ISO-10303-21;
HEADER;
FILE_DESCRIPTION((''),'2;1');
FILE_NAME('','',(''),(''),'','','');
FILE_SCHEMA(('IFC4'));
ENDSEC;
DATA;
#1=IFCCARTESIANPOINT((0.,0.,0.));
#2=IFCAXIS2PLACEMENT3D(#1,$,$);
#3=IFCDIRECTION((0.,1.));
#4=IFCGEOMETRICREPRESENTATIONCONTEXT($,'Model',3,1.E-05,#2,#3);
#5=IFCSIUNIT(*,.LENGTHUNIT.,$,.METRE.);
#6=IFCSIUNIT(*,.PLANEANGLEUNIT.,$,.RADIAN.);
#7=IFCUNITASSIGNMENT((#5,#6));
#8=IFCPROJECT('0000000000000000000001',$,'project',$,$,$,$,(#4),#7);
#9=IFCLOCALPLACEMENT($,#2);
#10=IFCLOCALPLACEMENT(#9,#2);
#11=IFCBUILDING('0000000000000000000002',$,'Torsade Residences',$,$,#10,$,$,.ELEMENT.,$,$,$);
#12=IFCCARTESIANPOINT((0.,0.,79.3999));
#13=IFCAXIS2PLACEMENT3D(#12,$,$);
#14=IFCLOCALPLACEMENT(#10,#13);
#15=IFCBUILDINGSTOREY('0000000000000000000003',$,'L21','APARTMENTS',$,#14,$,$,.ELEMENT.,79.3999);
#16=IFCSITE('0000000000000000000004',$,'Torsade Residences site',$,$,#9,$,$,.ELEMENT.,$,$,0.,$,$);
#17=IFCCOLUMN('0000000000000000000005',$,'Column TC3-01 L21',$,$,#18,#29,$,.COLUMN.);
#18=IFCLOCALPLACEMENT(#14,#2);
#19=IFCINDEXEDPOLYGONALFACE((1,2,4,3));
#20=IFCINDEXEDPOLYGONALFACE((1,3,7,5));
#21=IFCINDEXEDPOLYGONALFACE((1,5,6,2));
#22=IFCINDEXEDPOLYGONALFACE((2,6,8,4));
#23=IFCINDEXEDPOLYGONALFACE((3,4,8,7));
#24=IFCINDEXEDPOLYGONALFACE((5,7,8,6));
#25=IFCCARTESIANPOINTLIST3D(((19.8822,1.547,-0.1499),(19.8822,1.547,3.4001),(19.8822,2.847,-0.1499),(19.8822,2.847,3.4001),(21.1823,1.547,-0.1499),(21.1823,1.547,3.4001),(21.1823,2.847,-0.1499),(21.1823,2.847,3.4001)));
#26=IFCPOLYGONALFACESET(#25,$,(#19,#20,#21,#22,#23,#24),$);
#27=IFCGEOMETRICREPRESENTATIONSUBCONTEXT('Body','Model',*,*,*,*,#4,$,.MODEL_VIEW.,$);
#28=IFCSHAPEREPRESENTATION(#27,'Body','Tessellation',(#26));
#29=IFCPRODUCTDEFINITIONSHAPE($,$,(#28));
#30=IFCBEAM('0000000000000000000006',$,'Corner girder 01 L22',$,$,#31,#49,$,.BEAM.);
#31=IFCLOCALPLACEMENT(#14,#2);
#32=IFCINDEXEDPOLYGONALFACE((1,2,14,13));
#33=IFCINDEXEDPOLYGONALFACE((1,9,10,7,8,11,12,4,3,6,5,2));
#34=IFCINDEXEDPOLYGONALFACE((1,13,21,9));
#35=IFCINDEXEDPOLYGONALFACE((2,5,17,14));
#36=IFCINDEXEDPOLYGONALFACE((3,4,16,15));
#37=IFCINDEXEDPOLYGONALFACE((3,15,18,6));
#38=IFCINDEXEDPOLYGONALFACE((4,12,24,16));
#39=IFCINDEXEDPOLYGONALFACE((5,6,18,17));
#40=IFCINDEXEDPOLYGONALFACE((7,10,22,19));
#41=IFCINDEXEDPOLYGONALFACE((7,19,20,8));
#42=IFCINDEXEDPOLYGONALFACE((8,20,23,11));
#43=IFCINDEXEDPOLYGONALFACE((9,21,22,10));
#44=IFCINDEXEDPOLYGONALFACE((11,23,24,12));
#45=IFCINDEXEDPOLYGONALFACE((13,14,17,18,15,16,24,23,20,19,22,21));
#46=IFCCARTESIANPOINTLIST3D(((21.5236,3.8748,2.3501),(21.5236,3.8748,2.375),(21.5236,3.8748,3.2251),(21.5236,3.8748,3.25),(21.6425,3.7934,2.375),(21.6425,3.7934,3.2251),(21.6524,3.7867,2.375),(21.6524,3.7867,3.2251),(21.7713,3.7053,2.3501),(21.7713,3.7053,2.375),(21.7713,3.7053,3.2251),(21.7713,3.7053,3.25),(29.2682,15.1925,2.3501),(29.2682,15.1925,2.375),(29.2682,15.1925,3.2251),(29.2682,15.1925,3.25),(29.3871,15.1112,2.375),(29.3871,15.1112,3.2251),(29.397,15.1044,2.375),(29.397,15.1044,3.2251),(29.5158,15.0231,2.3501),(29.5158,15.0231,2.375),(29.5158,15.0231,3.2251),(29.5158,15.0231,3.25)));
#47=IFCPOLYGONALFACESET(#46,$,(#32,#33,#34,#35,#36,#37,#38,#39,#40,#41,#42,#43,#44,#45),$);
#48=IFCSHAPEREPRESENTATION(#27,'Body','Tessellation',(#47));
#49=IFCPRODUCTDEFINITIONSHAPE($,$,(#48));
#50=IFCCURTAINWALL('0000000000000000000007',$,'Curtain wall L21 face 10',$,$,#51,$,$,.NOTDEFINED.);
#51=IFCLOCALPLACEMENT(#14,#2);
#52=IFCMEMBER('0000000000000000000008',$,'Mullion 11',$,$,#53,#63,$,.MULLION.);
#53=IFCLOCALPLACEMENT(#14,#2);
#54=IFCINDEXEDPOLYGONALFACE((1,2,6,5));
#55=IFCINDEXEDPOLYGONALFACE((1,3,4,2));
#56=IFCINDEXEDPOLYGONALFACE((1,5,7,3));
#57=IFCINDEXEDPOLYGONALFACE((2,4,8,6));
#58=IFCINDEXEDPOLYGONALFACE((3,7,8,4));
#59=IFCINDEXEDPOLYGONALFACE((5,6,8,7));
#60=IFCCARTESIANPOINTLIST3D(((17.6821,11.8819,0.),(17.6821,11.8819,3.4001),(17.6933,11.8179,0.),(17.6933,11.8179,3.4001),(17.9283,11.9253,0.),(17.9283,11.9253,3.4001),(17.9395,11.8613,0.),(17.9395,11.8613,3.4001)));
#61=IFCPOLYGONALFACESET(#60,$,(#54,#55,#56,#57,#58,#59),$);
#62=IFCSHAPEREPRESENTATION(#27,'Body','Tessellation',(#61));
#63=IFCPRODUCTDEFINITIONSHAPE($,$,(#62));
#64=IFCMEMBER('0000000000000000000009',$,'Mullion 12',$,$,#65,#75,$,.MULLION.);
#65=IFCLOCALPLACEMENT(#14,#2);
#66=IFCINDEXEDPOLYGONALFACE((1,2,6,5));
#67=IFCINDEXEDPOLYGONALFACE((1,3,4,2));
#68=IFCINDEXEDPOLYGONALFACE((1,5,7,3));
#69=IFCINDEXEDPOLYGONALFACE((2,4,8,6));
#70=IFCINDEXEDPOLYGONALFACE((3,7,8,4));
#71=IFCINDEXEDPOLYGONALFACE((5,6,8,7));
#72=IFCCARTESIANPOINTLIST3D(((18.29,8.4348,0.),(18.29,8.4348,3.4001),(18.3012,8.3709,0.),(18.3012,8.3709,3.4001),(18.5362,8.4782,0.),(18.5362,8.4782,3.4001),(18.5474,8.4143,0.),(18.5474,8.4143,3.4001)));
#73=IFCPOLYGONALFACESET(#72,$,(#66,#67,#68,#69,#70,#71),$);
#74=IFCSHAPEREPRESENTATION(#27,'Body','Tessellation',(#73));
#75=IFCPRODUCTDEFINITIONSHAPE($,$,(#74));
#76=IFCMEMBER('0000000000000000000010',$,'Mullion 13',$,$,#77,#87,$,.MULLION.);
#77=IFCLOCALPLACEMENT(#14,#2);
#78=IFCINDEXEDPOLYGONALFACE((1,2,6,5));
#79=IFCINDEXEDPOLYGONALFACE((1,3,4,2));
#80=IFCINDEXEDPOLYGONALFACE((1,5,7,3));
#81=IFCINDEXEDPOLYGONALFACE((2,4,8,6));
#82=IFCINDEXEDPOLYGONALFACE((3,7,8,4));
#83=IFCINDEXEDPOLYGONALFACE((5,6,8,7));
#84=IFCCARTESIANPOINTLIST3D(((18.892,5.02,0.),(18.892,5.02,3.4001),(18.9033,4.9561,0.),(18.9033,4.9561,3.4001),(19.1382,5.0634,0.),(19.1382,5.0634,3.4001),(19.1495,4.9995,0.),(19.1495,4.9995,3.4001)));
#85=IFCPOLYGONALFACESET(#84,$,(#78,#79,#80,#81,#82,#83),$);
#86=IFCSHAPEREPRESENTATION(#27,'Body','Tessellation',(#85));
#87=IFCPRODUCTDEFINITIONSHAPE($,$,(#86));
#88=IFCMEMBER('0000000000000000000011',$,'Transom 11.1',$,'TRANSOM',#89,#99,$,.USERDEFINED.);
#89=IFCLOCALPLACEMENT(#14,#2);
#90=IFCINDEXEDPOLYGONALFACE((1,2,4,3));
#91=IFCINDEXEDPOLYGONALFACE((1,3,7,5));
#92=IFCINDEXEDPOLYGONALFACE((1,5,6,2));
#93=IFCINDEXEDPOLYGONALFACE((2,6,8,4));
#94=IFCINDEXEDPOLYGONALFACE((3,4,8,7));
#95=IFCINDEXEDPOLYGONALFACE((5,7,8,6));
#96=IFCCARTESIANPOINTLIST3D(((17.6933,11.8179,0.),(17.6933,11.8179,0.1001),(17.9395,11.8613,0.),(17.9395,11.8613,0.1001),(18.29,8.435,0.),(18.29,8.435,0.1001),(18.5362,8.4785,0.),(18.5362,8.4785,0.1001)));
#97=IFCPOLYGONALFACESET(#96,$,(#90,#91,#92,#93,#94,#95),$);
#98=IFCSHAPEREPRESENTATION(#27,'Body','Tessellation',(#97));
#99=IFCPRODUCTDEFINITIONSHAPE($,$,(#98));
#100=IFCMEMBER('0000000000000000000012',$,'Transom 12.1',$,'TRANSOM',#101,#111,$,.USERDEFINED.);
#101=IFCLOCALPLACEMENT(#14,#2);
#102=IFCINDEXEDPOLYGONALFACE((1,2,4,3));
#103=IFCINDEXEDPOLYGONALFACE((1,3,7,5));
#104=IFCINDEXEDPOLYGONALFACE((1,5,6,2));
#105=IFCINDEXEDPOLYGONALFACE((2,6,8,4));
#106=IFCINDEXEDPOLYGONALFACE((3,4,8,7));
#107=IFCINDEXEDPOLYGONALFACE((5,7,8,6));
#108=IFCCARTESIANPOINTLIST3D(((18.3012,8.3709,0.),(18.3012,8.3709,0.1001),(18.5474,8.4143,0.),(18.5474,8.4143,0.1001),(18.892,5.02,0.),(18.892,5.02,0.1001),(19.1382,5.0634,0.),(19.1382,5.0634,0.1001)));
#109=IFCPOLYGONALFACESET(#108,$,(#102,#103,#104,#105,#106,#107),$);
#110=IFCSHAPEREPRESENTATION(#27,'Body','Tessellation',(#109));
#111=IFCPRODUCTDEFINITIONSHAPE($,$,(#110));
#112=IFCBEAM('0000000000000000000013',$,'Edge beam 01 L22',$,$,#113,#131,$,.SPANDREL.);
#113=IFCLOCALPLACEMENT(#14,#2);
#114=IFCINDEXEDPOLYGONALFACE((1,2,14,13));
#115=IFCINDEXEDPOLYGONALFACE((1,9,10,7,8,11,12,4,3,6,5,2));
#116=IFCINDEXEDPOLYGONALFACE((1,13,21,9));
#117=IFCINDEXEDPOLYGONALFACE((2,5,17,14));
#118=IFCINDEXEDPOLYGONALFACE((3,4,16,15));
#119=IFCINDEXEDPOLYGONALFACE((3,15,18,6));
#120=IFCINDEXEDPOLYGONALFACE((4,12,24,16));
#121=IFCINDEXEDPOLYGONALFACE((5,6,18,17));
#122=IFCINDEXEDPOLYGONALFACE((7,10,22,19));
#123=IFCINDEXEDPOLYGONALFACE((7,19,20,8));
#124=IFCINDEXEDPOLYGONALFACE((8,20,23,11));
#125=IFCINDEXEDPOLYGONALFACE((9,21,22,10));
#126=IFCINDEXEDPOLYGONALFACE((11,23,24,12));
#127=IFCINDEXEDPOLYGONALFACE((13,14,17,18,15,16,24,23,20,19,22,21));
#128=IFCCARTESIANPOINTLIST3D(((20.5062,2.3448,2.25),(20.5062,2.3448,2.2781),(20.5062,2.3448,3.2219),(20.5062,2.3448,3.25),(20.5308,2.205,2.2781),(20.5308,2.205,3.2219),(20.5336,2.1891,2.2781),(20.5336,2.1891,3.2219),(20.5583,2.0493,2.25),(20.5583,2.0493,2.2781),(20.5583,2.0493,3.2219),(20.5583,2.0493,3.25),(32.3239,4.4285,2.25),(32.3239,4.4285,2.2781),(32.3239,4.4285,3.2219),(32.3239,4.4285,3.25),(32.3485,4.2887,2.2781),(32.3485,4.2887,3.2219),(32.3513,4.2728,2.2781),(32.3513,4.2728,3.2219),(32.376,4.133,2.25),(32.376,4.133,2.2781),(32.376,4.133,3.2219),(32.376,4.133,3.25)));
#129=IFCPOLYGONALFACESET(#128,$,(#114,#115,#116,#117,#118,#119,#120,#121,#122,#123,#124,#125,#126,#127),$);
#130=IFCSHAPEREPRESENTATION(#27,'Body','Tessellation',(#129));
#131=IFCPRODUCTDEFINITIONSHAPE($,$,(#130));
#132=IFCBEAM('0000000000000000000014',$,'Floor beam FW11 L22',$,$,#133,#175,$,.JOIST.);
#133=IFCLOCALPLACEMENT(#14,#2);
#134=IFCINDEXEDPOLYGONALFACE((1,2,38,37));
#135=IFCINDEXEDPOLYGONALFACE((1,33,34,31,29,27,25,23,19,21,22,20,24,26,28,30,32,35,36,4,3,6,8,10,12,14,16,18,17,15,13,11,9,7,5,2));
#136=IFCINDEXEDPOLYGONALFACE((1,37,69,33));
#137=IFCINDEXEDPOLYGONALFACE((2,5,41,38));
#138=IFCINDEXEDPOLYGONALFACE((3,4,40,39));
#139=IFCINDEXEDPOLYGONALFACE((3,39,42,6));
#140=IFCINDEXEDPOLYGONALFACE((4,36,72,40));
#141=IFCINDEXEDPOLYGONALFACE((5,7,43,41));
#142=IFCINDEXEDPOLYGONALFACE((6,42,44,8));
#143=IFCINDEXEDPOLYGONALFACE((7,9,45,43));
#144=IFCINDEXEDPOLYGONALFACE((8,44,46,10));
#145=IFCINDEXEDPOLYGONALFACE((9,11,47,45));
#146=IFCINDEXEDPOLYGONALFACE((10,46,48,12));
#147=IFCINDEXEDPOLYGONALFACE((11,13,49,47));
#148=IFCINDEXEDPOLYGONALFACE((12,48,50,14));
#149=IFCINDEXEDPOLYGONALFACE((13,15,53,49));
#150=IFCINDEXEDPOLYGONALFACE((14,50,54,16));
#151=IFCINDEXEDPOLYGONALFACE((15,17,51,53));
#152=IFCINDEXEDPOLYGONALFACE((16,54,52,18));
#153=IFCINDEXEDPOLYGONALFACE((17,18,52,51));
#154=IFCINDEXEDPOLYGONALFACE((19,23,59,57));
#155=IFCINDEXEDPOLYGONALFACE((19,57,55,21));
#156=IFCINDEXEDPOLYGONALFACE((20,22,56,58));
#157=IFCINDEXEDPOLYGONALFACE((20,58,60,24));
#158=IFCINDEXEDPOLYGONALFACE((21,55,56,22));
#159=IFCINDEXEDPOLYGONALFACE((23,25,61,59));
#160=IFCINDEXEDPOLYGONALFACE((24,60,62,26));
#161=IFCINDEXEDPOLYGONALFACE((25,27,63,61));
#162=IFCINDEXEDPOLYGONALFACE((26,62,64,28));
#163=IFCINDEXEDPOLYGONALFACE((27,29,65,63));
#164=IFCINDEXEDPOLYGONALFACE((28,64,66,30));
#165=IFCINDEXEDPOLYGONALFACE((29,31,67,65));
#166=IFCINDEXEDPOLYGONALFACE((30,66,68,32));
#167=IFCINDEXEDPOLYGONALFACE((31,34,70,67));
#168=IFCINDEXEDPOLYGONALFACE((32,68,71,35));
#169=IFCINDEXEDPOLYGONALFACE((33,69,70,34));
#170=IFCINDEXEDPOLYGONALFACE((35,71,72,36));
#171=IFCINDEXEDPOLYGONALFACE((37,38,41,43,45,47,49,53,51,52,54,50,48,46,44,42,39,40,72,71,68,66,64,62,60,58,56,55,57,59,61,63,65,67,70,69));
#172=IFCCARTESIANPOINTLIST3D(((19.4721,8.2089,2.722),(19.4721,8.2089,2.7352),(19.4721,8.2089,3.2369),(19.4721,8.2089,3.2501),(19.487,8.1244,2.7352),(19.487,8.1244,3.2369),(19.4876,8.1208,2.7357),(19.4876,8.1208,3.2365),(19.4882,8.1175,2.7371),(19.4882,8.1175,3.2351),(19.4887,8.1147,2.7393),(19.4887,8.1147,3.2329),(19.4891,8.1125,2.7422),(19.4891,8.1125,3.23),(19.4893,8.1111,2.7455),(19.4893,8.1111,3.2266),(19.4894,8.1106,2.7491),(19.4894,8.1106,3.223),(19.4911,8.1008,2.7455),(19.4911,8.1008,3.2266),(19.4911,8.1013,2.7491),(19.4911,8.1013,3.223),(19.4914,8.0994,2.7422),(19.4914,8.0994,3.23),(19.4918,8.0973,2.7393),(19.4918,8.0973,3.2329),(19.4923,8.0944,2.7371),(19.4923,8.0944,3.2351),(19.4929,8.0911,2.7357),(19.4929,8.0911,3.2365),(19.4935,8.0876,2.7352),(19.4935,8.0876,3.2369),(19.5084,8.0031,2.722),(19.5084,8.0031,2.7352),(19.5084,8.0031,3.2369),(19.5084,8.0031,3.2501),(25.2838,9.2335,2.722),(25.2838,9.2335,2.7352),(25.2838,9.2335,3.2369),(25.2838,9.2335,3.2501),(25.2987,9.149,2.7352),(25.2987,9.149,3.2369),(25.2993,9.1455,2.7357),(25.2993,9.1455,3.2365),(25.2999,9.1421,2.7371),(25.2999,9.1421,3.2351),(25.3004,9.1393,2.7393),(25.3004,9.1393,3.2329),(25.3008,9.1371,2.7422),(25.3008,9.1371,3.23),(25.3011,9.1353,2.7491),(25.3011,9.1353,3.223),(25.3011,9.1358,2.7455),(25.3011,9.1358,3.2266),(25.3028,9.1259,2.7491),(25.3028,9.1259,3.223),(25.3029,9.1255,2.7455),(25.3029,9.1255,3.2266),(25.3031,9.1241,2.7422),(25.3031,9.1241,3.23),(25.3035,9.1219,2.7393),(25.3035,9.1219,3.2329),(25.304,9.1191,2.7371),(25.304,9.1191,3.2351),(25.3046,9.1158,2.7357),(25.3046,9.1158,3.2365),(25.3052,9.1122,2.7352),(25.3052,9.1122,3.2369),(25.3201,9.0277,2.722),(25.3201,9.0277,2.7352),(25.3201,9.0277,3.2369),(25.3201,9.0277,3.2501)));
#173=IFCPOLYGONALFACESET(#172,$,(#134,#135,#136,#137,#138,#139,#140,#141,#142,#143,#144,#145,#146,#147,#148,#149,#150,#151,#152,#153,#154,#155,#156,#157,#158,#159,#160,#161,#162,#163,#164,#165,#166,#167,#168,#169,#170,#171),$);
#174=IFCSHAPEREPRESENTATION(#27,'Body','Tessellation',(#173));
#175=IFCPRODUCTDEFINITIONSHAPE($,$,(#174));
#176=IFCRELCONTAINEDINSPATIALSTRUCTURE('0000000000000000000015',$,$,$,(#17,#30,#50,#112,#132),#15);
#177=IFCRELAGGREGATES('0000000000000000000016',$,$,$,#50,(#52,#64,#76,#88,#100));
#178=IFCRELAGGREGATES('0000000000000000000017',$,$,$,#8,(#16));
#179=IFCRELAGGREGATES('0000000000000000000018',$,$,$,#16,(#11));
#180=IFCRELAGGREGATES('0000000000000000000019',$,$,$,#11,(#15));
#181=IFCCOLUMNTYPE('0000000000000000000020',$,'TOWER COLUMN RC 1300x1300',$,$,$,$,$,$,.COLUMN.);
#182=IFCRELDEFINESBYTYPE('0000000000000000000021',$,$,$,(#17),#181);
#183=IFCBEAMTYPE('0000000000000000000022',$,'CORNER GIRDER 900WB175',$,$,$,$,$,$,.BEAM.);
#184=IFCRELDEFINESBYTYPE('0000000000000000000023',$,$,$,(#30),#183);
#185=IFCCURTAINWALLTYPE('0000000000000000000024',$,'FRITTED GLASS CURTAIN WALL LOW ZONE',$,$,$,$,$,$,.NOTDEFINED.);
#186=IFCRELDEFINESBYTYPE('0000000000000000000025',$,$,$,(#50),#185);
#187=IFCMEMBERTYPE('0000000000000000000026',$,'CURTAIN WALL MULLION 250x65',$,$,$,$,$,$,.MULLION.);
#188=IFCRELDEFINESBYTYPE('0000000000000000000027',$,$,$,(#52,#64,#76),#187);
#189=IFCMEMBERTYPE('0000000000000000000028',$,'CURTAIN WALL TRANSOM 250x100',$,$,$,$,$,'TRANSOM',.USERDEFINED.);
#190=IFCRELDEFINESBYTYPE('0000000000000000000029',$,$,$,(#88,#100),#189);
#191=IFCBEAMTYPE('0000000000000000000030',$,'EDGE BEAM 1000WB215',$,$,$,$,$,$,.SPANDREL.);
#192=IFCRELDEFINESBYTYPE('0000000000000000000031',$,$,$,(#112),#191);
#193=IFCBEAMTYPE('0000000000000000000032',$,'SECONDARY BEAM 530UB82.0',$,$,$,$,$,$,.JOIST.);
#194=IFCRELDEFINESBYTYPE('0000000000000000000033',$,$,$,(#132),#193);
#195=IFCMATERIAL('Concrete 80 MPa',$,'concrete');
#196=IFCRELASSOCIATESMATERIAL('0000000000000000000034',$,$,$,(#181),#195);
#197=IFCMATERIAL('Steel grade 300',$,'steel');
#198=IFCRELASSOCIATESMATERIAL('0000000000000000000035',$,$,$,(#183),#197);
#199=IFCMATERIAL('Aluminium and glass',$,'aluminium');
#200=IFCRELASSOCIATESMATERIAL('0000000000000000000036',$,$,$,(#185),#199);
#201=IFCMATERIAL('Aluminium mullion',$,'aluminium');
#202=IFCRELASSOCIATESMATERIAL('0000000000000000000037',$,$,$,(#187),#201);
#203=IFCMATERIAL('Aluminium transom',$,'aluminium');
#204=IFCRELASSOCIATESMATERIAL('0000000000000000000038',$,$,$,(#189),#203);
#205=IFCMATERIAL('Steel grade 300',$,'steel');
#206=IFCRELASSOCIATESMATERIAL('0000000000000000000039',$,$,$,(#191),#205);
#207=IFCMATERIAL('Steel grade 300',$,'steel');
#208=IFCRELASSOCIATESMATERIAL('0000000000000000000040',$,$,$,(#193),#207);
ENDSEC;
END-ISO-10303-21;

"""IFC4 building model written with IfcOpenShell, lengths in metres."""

from ifc_helpers import new_model, si_unit, direction, frame, origin, origin_2d, place, context, subcontext, project, spatial, rectangle, i_section, extrude, material, material_profile, profile_set, type_object, element, aggregate, save


model = new_model("IFC4")

# Units and contexts
model_context = context("Model", 3, precision=1e-05, world=origin(), true_north=direction((0.0, 1.0)))
body_context = subcontext(model_context, "Body", "Model", "MODEL_VIEW")
ifc_project = project(units=[si_unit("LENGTHUNIT", "METRE"), si_unit("PLANEANGLEUNIT", "RADIAN")], contexts=[model_context])

# Site, building, storey
site_placement = place(None, origin())
site = spatial("IfcSite", under=ifc_project, at=site_placement, Name="Torsade Residences site", CompositionType="ELEMENT", RefElevation=0.0)
building_placement = place(site_placement, origin())
building = spatial("IfcBuilding", under=site, at=building_placement, Name="Torsade Residences", CompositionType="ELEMENT")
storey_placement = place(building_placement, frame((0.0, 0.0, 79.3999)))
storey = spatial("IfcBuildingStorey", under=building, at=storey_placement, Name="L21", Description="APARTMENTS", CompositionType="ELEMENT", Elevation=79.3999)

# Column
ifc_material_1 = material(Name="Concrete 80 MPa", Category="concrete")
ifc_material_profile_1 = material_profile(ifc_material_1, rectangle(XDim=1.3, YDim=1.3, at=origin_2d()), Name="RC 1300x1300")
ifc_profile_set_1 = profile_set([ifc_material_profile_1], Name="Concrete 80 MPa")
column_type = type_object("IfcColumnType", Name="TOWER COLUMN RC 1300x1300", PredefinedType="COLUMN", material=ifc_profile_set_1)
column_placement = place(storey_placement, frame((20.5322, 2.197, -0.1499), z_axis=(0.0, 0.0, 1.0), x_axis=(1.0, 0.0, 0.0)))
element("IfcColumn", 1, at=column_placement, inside=storey, type_object=column_type, Name="Column TC3-01 L21", PredefinedType="COLUMN", context=body_context, shape_type="SweptSolid", body=[
    extrude(rectangle(XDim=1.3, YDim=1.3, at=origin_2d()), origin(), (0.0, 0.0, 1.0), 3.55),
])

# Beam
ifc_material_2 = material(Name="Steel grade 300", Category="steel")
ifc_material_profile_2 = material_profile(ifc_material_2, i_section(OverallWidth=0.3, OverallDepth=0.8999, WebThickness=0.012, FlangeThickness=0.0249, at=origin_2d()), Name="900WB175")
ifc_profile_set_2 = profile_set([ifc_material_profile_2], Name="Steel grade 300")
beam_type_1 = type_object("IfcBeamType", Name="CORNER GIRDER 900WB175", PredefinedType="BEAM", material=ifc_profile_set_2)
beam_1_placement = place(storey_placement, frame((21.6475, 3.79, 2.8), z_axis=(0.564725, 0.825279, 0.0), x_axis=(-0.825279, 0.564725, 0.0)))
element("IfcBeam", 2, at=beam_1_placement, inside=storey, type_object=beam_type_1, Name="Corner girder 01 L22", PredefinedType="BEAM", context=body_context, shape_type="SweptSolid", body=[
    extrude(i_section(OverallWidth=0.3, OverallDepth=0.8999, WebThickness=0.012, FlangeThickness=0.0249, at=origin_2d()), origin(), (0.0, 0.0, 1.0), 13.7139),
])

# Curtain wall, members
ifc_material_3 = material(Name="Aluminium and glass", Category="aluminium")
curtain_wall_type = type_object("IfcCurtainWallType", Name="FRITTED GLASS CURTAIN WALL LOW ZONE", PredefinedType="NOTDEFINED", material=ifc_material_3)
curtain_wall_placement = place(storey_placement, origin())
curtain_wall = element("IfcCurtainWall", 3, at=curtain_wall_placement, inside=storey, type_object=curtain_wall_type, Name="Curtain wall L21 face 10", PredefinedType="NOTDEFINED")
ifc_material_4 = material(Name="Aluminium mullion", Category="aluminium")
ifc_material_profile_3 = material_profile(ifc_material_4, rectangle(XDim=0.25, YDim=0.0649, at=origin_2d()), Name="CURTAIN WALL MULLION 250x65")
ifc_profile_set_3 = profile_set([ifc_material_profile_3], Name="Aluminium mullion")
member_type_1 = type_object("IfcMemberType", Name="CURTAIN WALL MULLION 250x65", PredefinedType="MULLION", material=ifc_profile_set_3)
member_1_placement = place(storey_placement, frame((17.8108, 11.8716, 0.0), z_axis=(0.0, 0.0, 1.0), x_axis=(0.984808, 0.173648, 0.0)))
member_1 = element("IfcMember", 4, at=member_1_placement, type_object=member_type_1, Name="Mullion 11", PredefinedType="MULLION", context=body_context, shape_type="SweptSolid", body=[
    extrude(rectangle(XDim=0.25, YDim=0.0649, at=origin_2d()), origin(), (0.0, 0.0, 1.0), 3.4001),
])
member_2_placement = place(storey_placement, frame((18.4187, 8.4246, 0.0), z_axis=(0.0, 0.0, 1.0), x_axis=(0.984808, 0.173648, 0.0)))
member_2 = element("IfcMember", 5, at=member_2_placement, type_object=member_type_1, Name="Mullion 12", PredefinedType="MULLION", context=body_context, shape_type="SweptSolid", body=[
    extrude(rectangle(XDim=0.25, YDim=0.0649, at=origin_2d()), origin(), (0.0, 0.0, 1.0), 3.4001),
])
member_3_placement = place(storey_placement, frame((19.0208, 5.0098, 0.0), z_axis=(0.0, 0.0, 1.0), x_axis=(0.984808, 0.173648, 0.0)))
member_3 = element("IfcMember", 6, at=member_3_placement, type_object=member_type_1, Name="Mullion 13", PredefinedType="MULLION", context=body_context, shape_type="SweptSolid", body=[
    extrude(rectangle(XDim=0.25, YDim=0.0649, at=origin_2d()), origin(), (0.0, 0.0, 1.0), 3.4001),
])
ifc_material_5 = material(Name="Aluminium transom", Category="aluminium")
ifc_material_profile_4 = material_profile(ifc_material_5, rectangle(XDim=0.25, YDim=0.1001, at=origin_2d()), Name="CURTAIN WALL TRANSOM 250x100")
ifc_profile_set_4 = profile_set([ifc_material_profile_4], Name="Aluminium transom")
member_type_2 = type_object("IfcMemberType", Name="CURTAIN WALL TRANSOM 250x100", ElementType="TRANSOM", PredefinedType="USERDEFINED", material=ifc_profile_set_4)
member_4_placement = place(storey_placement, frame((17.8164, 11.8396, 0.05), z_axis=(0.173704, -0.984798, 0.0), x_axis=(0.984798, 0.173704, 0.0)))
member_4 = element("IfcMember", 7, at=member_4_placement, type_object=member_type_2, Name="Transom 11.1", ObjectType="TRANSOM", PredefinedType="USERDEFINED", context=body_context, shape_type="SweptSolid", body=[
    extrude(rectangle(XDim=0.25, YDim=0.1001, at=origin_2d()), origin(), (0.0, 0.0, 1.0), 3.4351),
])
member_5_placement = place(storey_placement, frame((18.4243, 8.3926, 0.05), z_axis=(0.173642, -0.984809, 0.0), x_axis=(0.984809, 0.173642, 0.0)))
member_5 = element("IfcMember", 8, at=member_5_placement, type_object=member_type_2, Name="Transom 12.1", ObjectType="TRANSOM", PredefinedType="USERDEFINED", context=body_context, shape_type="SweptSolid", body=[
    extrude(rectangle(XDim=0.25, YDim=0.1001, at=origin_2d()), origin(), (0.0, 0.0, 1.0), 3.4026),
])

# Beams
ifc_material_6 = material(Name="Steel grade 300", Category="steel")
ifc_material_profile_5 = material_profile(ifc_material_6, i_section(OverallWidth=0.3, OverallDepth=1.0, WebThickness=0.0161, FlangeThickness=0.0281, at=origin_2d()), Name="1000WB215")
ifc_profile_set_5 = profile_set([ifc_material_profile_5], Name="Steel grade 300")
beam_type_2 = type_object("IfcBeamType", Name="EDGE BEAM 1000WB215", PredefinedType="SPANDREL", material=ifc_profile_set_5)
beam_2_placement = place(storey_placement, frame((20.5322, 2.197, 2.75), z_axis=(0.984808, 0.173646, 0.0), x_axis=(-0.173646, 0.984808, 0.0)))
element("IfcBeam", 9, at=beam_2_placement, inside=storey, type_object=beam_type_2, Name="Edge beam 01 L22", PredefinedType="SPANDREL", context=body_context, shape_type="SweptSolid", body=[
    extrude(i_section(OverallWidth=0.3, OverallDepth=1.0, WebThickness=0.0161, FlangeThickness=0.0281, at=origin_2d()), origin(), (0.0, 0.0, 1.0), 12.0),
])
ifc_material_7 = material(Name="Steel grade 300", Category="steel")
ifc_material_profile_6 = material_profile(ifc_material_7, i_section(OverallWidth=0.209, OverallDepth=0.5281, WebThickness=0.0095, FlangeThickness=0.0132, FilletRadius=0.0139, at=origin_2d()), Name="530UB82.0")
ifc_profile_set_6 = profile_set([ifc_material_profile_6], Name="Steel grade 300")
beam_type_3 = type_object("IfcBeamType", Name="SECONDARY BEAM 530UB82.0", PredefinedType="JOIST", material=ifc_profile_set_6)
beam_3_placement = place(storey_placement, frame((19.4902, 8.106, 2.9861), z_axis=(0.984811, 0.17363, 0.0), x_axis=(-0.17363, 0.984811, 0.0)))
element("IfcBeam", 10, at=beam_3_placement, inside=storey, type_object=beam_type_3, Name="Floor beam FW11 L22", PredefinedType="JOIST", context=body_context, shape_type="SweptSolid", body=[
    extrude(i_section(OverallWidth=0.209, OverallDepth=0.5281, WebThickness=0.0095, FlangeThickness=0.0132, FilletRadius=0.0139, at=origin_2d()), origin(), (0.0, 0.0, 1.0), 5.9014),
])

aggregate(curtain_wall, [member_1, member_2, member_3, member_4, member_5])

save(model, "model.ifc")
